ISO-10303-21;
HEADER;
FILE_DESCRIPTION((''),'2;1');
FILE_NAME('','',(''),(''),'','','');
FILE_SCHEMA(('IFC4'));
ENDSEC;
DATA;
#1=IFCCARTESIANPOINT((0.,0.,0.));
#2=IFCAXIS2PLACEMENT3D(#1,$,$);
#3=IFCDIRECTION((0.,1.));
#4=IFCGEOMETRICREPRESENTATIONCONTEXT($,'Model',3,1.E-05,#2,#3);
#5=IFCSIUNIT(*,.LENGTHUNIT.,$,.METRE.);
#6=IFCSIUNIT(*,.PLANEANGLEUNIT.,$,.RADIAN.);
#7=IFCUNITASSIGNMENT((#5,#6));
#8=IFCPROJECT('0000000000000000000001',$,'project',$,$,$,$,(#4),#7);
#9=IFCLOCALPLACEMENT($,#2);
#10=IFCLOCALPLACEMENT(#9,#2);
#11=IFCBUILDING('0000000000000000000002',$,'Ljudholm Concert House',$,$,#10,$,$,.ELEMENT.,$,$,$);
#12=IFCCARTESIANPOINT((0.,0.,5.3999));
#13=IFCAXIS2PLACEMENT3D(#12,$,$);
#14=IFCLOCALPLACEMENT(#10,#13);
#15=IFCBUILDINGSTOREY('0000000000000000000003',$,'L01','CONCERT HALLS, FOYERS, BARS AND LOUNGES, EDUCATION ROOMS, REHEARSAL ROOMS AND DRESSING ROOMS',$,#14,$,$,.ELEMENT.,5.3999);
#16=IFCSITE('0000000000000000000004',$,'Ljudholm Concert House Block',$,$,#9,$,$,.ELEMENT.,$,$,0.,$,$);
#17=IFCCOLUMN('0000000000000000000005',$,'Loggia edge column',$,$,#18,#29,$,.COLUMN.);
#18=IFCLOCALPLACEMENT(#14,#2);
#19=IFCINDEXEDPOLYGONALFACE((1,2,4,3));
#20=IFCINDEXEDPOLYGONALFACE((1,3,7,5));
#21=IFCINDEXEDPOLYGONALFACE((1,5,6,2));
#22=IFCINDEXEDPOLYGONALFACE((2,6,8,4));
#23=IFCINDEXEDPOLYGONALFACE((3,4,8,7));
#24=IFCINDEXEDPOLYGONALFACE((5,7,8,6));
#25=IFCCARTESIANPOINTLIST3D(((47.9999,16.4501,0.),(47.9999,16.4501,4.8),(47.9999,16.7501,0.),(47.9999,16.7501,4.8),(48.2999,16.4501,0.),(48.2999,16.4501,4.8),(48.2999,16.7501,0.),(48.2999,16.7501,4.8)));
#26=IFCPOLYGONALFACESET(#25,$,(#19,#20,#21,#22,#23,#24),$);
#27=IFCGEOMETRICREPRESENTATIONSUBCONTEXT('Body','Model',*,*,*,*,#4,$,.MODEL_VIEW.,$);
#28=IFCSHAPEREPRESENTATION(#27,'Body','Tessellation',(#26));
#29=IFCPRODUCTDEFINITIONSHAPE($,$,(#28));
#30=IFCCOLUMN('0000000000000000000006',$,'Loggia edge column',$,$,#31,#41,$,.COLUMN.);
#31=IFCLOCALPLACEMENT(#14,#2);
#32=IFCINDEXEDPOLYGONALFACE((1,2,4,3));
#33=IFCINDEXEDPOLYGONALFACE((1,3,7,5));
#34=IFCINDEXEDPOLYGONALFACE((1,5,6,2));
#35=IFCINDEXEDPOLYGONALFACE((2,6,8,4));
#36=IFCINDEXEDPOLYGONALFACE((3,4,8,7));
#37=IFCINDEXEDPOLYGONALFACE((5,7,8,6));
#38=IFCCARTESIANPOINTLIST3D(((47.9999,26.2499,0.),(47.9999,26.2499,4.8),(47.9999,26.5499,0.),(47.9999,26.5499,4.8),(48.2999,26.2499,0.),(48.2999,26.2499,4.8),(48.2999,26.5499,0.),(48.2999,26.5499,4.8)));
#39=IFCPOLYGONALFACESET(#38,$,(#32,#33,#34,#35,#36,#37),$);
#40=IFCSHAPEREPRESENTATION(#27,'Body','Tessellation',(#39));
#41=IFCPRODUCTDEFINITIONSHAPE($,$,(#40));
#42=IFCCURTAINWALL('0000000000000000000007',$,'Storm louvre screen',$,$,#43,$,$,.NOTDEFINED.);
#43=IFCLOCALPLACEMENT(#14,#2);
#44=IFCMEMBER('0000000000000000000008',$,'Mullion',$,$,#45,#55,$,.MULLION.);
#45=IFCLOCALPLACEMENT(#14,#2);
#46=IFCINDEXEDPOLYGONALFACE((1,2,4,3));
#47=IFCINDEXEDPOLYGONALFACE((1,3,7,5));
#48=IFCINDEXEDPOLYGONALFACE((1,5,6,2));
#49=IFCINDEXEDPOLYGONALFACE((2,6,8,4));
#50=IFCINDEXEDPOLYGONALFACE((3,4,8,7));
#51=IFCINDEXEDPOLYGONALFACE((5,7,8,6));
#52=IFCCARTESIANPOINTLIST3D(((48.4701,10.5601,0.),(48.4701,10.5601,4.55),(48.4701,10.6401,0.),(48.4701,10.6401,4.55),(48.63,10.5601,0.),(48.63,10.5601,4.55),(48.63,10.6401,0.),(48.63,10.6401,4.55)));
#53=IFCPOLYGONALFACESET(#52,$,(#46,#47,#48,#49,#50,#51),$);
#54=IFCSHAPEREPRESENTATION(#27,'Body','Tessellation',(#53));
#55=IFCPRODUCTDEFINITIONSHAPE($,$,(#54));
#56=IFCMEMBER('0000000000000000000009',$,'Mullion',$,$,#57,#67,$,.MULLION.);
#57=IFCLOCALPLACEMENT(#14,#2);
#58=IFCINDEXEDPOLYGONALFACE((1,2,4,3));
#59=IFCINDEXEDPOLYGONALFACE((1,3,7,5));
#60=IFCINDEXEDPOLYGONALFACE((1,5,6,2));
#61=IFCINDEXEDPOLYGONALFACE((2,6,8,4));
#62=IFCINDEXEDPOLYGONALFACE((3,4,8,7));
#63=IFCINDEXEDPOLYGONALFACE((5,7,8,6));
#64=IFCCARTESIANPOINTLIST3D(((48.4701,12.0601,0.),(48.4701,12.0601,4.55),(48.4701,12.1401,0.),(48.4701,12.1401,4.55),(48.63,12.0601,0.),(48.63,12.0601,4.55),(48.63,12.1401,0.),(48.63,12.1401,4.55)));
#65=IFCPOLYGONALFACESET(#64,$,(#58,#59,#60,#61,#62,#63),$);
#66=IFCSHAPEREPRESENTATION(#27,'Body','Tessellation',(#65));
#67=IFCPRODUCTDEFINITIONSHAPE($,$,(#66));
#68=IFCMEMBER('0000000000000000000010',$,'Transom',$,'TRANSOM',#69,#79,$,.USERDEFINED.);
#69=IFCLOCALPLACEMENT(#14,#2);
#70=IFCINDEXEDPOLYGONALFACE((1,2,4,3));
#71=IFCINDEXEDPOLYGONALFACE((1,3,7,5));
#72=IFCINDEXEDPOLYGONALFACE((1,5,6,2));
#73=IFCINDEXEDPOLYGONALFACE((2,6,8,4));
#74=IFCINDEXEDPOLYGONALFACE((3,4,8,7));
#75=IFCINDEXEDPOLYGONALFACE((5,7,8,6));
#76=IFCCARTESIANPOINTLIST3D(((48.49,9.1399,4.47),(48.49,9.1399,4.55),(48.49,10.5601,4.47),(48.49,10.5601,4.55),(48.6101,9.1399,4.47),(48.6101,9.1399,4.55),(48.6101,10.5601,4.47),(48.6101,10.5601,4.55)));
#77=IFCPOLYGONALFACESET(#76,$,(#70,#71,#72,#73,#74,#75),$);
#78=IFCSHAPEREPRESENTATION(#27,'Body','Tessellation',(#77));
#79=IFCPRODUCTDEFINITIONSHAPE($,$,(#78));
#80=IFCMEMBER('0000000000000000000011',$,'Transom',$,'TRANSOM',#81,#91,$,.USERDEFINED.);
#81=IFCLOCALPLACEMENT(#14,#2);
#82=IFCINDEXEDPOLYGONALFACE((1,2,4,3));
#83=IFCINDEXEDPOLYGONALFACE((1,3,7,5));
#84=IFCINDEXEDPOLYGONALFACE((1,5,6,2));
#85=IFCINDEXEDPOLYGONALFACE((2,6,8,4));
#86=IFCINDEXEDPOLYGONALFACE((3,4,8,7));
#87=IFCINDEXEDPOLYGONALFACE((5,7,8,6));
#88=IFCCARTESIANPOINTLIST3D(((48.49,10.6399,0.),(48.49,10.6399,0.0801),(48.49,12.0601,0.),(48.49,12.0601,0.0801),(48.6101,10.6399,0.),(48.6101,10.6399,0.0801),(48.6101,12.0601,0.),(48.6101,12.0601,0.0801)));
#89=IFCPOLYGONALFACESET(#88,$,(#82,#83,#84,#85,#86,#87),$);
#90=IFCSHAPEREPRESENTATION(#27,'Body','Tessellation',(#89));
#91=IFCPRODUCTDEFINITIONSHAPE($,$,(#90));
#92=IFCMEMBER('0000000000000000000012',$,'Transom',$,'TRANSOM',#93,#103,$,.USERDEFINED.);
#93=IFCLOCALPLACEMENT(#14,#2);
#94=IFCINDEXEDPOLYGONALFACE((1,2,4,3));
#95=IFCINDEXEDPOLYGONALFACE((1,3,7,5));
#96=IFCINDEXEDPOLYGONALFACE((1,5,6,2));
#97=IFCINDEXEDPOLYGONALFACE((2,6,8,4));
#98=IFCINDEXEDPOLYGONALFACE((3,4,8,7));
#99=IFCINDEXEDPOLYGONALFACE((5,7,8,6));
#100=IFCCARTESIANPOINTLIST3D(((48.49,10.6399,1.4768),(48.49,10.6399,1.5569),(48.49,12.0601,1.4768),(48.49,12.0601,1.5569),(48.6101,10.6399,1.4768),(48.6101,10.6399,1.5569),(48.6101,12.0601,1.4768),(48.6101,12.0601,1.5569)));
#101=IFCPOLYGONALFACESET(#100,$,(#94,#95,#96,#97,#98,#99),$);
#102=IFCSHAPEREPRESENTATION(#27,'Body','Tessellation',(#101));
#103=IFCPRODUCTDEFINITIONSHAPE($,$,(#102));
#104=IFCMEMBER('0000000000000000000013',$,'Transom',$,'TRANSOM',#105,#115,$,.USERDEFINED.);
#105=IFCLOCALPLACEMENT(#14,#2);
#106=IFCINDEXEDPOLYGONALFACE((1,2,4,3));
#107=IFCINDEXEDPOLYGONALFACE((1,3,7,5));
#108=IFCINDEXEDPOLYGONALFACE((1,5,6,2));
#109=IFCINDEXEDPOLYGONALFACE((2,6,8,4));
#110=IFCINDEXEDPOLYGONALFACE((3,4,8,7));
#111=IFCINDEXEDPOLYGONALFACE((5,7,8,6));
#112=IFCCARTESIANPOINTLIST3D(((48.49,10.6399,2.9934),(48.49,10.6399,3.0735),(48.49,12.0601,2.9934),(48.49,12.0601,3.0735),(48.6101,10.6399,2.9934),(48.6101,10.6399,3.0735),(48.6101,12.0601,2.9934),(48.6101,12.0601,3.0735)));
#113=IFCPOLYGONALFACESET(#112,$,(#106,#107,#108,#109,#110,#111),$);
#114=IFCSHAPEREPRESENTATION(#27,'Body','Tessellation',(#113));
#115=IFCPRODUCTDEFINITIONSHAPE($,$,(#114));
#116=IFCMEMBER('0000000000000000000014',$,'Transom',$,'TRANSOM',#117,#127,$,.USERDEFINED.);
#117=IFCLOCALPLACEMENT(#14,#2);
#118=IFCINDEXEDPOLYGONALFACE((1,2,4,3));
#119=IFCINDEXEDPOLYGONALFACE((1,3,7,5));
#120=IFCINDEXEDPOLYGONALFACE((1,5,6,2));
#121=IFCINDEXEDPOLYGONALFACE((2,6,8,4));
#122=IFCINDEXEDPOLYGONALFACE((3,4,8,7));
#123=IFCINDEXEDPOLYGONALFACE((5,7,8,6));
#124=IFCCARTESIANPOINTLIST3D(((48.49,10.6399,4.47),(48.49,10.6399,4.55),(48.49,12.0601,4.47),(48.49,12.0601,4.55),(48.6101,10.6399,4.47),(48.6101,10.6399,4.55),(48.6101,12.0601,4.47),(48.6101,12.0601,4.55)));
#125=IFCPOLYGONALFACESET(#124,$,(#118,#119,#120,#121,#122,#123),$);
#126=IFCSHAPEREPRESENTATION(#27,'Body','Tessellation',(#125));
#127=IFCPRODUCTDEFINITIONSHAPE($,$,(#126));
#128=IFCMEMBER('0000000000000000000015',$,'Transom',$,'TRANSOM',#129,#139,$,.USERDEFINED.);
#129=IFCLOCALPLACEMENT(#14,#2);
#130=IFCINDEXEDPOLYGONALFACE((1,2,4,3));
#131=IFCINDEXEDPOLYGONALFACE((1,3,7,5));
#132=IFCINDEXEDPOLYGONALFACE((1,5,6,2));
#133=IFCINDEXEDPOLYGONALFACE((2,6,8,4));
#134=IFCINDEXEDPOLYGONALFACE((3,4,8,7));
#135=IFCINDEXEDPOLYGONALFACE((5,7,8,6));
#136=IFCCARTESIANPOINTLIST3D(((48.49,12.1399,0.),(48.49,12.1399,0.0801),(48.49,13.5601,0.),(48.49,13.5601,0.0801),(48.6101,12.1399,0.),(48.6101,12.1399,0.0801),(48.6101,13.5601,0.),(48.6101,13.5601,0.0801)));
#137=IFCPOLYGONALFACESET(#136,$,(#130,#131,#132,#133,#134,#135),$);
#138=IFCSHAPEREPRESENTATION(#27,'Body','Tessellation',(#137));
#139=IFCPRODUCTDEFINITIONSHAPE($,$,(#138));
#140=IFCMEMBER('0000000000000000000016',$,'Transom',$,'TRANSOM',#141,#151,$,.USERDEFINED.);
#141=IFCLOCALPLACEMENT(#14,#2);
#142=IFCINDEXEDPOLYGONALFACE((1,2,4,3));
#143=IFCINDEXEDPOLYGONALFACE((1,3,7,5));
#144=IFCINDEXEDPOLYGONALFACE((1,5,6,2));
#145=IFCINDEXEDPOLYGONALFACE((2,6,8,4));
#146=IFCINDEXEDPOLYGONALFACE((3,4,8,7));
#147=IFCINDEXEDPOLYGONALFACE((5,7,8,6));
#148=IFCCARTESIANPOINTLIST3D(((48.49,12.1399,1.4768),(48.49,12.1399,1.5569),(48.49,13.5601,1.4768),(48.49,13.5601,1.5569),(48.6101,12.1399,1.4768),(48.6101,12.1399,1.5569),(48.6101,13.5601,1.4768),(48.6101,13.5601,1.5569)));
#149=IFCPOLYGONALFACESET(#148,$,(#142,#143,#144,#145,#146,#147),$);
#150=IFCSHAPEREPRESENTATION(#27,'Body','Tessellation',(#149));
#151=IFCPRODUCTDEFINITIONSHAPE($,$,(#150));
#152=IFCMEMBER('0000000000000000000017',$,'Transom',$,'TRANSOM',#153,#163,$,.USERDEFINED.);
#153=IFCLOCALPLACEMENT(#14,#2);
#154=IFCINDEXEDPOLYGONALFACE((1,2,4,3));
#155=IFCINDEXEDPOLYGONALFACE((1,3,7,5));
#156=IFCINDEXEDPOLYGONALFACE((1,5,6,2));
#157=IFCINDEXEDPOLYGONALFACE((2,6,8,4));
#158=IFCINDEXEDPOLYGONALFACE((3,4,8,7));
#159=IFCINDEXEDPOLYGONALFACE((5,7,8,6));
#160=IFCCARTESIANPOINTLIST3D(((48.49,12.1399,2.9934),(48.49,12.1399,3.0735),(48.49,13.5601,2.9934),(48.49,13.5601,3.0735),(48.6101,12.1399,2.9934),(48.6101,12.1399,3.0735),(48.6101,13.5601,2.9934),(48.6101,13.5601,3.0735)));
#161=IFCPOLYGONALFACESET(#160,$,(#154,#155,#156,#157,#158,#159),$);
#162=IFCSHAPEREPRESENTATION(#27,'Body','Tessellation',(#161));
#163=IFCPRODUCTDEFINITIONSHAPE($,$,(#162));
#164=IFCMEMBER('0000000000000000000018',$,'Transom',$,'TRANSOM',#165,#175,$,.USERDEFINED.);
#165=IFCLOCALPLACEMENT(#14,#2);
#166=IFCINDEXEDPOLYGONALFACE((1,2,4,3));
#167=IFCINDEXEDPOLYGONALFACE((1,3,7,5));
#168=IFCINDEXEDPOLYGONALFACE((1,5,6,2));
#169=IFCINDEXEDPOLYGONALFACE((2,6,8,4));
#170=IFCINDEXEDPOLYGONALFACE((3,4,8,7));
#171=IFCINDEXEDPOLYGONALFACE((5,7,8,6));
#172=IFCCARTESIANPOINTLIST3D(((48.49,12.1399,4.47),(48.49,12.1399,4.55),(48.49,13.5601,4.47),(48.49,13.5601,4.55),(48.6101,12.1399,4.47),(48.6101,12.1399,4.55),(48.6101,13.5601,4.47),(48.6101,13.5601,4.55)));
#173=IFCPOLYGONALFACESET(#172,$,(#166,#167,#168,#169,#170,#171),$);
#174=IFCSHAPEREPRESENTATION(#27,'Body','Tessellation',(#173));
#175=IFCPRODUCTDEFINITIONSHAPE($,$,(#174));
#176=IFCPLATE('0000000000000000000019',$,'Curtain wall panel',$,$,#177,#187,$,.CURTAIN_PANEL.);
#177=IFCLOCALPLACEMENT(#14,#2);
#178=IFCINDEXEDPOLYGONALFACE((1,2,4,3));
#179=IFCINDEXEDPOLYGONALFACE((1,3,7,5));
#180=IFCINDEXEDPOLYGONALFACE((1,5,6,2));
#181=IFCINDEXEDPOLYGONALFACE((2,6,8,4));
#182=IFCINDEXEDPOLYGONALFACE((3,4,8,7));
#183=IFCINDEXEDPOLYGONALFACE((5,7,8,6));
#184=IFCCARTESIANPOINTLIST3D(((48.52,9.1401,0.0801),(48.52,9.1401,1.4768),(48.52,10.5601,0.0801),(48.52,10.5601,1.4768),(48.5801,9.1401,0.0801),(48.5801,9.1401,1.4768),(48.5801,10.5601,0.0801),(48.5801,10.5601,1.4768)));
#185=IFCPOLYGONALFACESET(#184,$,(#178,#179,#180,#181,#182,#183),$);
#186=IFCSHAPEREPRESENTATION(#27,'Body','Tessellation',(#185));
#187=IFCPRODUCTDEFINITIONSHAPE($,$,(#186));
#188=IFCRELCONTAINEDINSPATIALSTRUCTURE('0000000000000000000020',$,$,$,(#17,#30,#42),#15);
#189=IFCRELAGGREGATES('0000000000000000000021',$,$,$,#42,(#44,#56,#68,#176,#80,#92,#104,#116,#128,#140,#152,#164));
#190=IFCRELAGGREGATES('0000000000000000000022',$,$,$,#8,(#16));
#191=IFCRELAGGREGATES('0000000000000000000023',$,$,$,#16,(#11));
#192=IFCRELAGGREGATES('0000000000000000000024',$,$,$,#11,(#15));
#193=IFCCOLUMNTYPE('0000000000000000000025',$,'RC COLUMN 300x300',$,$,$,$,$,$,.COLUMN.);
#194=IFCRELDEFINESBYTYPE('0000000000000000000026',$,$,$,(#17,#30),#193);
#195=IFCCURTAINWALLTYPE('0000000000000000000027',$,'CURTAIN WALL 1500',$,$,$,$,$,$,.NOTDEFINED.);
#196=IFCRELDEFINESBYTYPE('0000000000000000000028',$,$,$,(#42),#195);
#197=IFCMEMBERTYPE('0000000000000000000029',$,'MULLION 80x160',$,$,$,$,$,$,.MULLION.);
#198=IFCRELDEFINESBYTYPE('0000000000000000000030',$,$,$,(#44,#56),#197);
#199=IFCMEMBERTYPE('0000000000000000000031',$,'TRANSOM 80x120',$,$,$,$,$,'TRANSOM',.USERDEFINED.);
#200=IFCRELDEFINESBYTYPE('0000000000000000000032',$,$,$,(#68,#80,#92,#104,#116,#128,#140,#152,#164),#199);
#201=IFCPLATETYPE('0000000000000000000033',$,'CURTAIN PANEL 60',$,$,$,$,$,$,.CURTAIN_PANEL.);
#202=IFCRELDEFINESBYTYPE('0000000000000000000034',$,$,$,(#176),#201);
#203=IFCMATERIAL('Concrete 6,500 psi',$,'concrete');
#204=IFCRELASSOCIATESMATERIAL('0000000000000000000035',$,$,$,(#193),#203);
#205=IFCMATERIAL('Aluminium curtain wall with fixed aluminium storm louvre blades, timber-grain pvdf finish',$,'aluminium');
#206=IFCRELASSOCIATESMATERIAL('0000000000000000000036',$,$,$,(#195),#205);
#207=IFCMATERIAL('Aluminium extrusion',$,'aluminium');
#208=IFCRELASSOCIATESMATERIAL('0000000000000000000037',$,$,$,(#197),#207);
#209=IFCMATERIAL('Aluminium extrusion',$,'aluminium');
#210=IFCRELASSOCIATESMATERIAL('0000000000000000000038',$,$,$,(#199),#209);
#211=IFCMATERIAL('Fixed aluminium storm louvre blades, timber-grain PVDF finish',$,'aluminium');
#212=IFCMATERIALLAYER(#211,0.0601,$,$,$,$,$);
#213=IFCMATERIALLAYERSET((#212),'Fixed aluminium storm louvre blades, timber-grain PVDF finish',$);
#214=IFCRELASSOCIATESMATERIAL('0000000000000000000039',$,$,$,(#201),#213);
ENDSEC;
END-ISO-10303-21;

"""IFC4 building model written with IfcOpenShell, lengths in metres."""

from ifc_helpers import new_model, si_unit, direction, frame, origin, origin_2d, place, context, subcontext, project, spatial, rectangle, extrude, material, layer, layer_set, material_profile, profile_set, type_object, element, aggregate, save


model = new_model("IFC4")

# Units and contexts
model_context = context("Model", 3, precision=1e-05, world=origin(), true_north=direction((0.0, 1.0)))
body_context = subcontext(model_context, "Body", "Model", "MODEL_VIEW")
ifc_project = project(units=[si_unit("LENGTHUNIT", "METRE"), si_unit("PLANEANGLEUNIT", "RADIAN")], contexts=[model_context])

# Site, building, storey
site_placement = place(None, origin())
site = spatial("IfcSite", under=ifc_project, at=site_placement, Name="Ljudholm Concert House Block", CompositionType="ELEMENT", RefElevation=0.0)
building_placement = place(site_placement, origin())
building = spatial("IfcBuilding", under=site, at=building_placement, Name="Ljudholm Concert House", CompositionType="ELEMENT")
storey_placement = place(building_placement, frame((0.0, 0.0, 5.3999)))
storey = spatial("IfcBuildingStorey", under=building, at=storey_placement, Name="L01", Description="CONCERT HALLS, FOYERS, BARS AND LOUNGES, EDUCATION ROOMS, REHEARSAL ROOMS AND DRESSING ROOMS", CompositionType="ELEMENT", Elevation=5.3999)

# Columns
ifc_material_1 = material(Name="Concrete 6,500 psi", Category="concrete")
ifc_material_profile_1 = material_profile(ifc_material_1, rectangle(XDim=0.3, YDim=0.3, at=origin_2d()), Name="RC COLUMN 300x300")
ifc_profile_set_1 = profile_set([ifc_material_profile_1], Name="Concrete 6,500 psi")
column_type = type_object("IfcColumnType", Name="RC COLUMN 300x300", PredefinedType="COLUMN", material=ifc_profile_set_1)
for number, where, z_axis, x_axis, name in (
    (1, (48.1499, 16.6001, 0.0), (0.0, 0.0, 1.0), (1.0, 0.0, 0.0), "Loggia edge column"),
    (2, (48.1499, 26.3999, 0.0), (0.0, 0.0, 1.0), (1.0, 0.0, 0.0), "Loggia edge column"),
):
    element("IfcColumn", number, at=place(storey_placement, frame(where, z_axis=z_axis, x_axis=x_axis)), inside=storey, type_object=column_type, Name=name, PredefinedType="COLUMN", context=body_context, shape_type="SweptSolid", body=[
        extrude(rectangle(XDim=0.3, YDim=0.3, at=origin_2d()), origin(), (0.0, 0.0, 1.0), 4.8),
    ])

# Curtain wall, members, plate
ifc_material_2 = material(Name="Aluminium curtain wall with fixed aluminium storm louvre blades, timber-grain pvdf finish", Category="aluminium")
curtain_wall_type = type_object("IfcCurtainWallType", Name="CURTAIN WALL 1500", PredefinedType="NOTDEFINED", material=ifc_material_2)
curtain_wall_placement = place(storey_placement, origin())
curtain_wall = element("IfcCurtainWall", 3, at=curtain_wall_placement, inside=storey, type_object=curtain_wall_type, Name="Storm louvre screen", PredefinedType="NOTDEFINED")
ifc_material_3 = material(Name="Aluminium extrusion", Category="aluminium")
ifc_material_profile_2 = material_profile(ifc_material_3, rectangle(XDim=0.1599, YDim=0.0801, at=origin_2d()), Name="MULLION 80x160")
ifc_profile_set_2 = profile_set([ifc_material_profile_2], Name="Aluminium extrusion")
member_type_1 = type_object("IfcMemberType", Name="MULLION 80x160", PredefinedType="MULLION", material=ifc_profile_set_2)
member_1_placement = place(storey_placement, frame((48.55, 10.6001, 0.0), z_axis=(0.0, 0.0, 1.0), x_axis=(-1.0, 0.0, 0.0)))
member_1 = element("IfcMember", 4, at=member_1_placement, type_object=member_type_1, Name="Mullion", PredefinedType="MULLION", context=body_context, shape_type="SweptSolid", body=[
    extrude(rectangle(XDim=0.1599, YDim=0.0801, at=origin_2d()), origin(), (0.0, 0.0, 1.0), 4.55),
])
member_2_placement = place(storey_placement, frame((48.55, 12.1001, 0.0), z_axis=(0.0, 0.0, 1.0), x_axis=(-1.0, 0.0, 0.0)))
member_2 = element("IfcMember", 5, at=member_2_placement, type_object=member_type_1, Name="Mullion", PredefinedType="MULLION", context=body_context, shape_type="SweptSolid", body=[
    extrude(rectangle(XDim=0.1599, YDim=0.0801, at=origin_2d()), origin(), (0.0, 0.0, 1.0), 4.55),
])
ifc_material_4 = material(Name="Aluminium extrusion", Category="aluminium")
ifc_material_profile_3 = material_profile(ifc_material_4, rectangle(XDim=0.1201, YDim=0.0801, at=origin_2d()), Name="TRANSOM 80x120")
ifc_profile_set_3 = profile_set([ifc_material_profile_3], Name="Aluminium extrusion")
member_type_2 = type_object("IfcMemberType", Name="TRANSOM 80x120", ElementType="TRANSOM", PredefinedType="USERDEFINED", material=ifc_profile_set_3)
member_3_placement = place(storey_placement, frame((48.55, 9.1399, 4.51), z_axis=(0.0, 1.0, 0.0), x_axis=(-1.0, 0.0, 0.0)))
member_3 = element("IfcMember", 6, at=member_3_placement, type_object=member_type_2, Name="Transom", ObjectType="TRANSOM", PredefinedType="USERDEFINED", context=body_context, shape_type="SweptSolid", body=[
    extrude(rectangle(XDim=0.1201, YDim=0.0801, at=origin_2d()), origin(), (0.0, 0.0, 1.0), 1.4202),
])
member_4_placement = place(storey_placement, frame((48.55, 10.6399, 0.04), z_axis=(0.0, 1.0, 0.0), x_axis=(-1.0, 0.0, 0.0)))
member_4 = element("IfcMember", 7, at=member_4_placement, type_object=member_type_2, Name="Transom", ObjectType="TRANSOM", PredefinedType="USERDEFINED", context=body_context, shape_type="SweptSolid", body=[
    extrude(rectangle(XDim=0.1201, YDim=0.0801, at=origin_2d()), origin(), (0.0, 0.0, 1.0), 1.4202),
])
member_5_placement = place(storey_placement, frame((48.55, 10.6399, 1.5168), z_axis=(0.0, 1.0, 0.0), x_axis=(-1.0, 0.0, 0.0)))
member_5 = element("IfcMember", 8, at=member_5_placement, type_object=member_type_2, Name="Transom", ObjectType="TRANSOM", PredefinedType="USERDEFINED", context=body_context, shape_type="SweptSolid", body=[
    extrude(rectangle(XDim=0.1201, YDim=0.0801, at=origin_2d()), origin(), (0.0, 0.0, 1.0), 1.4202),
])
member_6_placement = place(storey_placement, frame((48.55, 10.6399, 3.0334), z_axis=(0.0, 1.0, 0.0), x_axis=(-1.0, 0.0, 0.0)))
member_6 = element("IfcMember", 9, at=member_6_placement, type_object=member_type_2, Name="Transom", ObjectType="TRANSOM", PredefinedType="USERDEFINED", context=body_context, shape_type="SweptSolid", body=[
    extrude(rectangle(XDim=0.1201, YDim=0.0801, at=origin_2d()), origin(), (0.0, 0.0, 1.0), 1.4202),
])
member_7_placement = place(storey_placement, frame((48.55, 10.6399, 4.51), z_axis=(0.0, 1.0, 0.0), x_axis=(-1.0, 0.0, 0.0)))
member_7 = element("IfcMember", 10, at=member_7_placement, type_object=member_type_2, Name="Transom", ObjectType="TRANSOM", PredefinedType="USERDEFINED", context=body_context, shape_type="SweptSolid", body=[
    extrude(rectangle(XDim=0.1201, YDim=0.0801, at=origin_2d()), origin(), (0.0, 0.0, 1.0), 1.4202),
])
member_8_placement = place(storey_placement, frame((48.55, 12.1399, 0.04), z_axis=(0.0, 1.0, 0.0), x_axis=(-1.0, 0.0, 0.0)))
member_8 = element("IfcMember", 11, at=member_8_placement, type_object=member_type_2, Name="Transom", ObjectType="TRANSOM", PredefinedType="USERDEFINED", context=body_context, shape_type="SweptSolid", body=[
    extrude(rectangle(XDim=0.1201, YDim=0.0801, at=origin_2d()), origin(), (0.0, 0.0, 1.0), 1.4202),
])
member_9_placement = place(storey_placement, frame((48.55, 12.1399, 1.5168), z_axis=(0.0, 1.0, 0.0), x_axis=(-1.0, 0.0, 0.0)))
member_9 = element("IfcMember", 12, at=member_9_placement, type_object=member_type_2, Name="Transom", ObjectType="TRANSOM", PredefinedType="USERDEFINED", context=body_context, shape_type="SweptSolid", body=[
    extrude(rectangle(XDim=0.1201, YDim=0.0801, at=origin_2d()), origin(), (0.0, 0.0, 1.0), 1.4202),
])
member_10_placement = place(storey_placement, frame((48.55, 12.1399, 3.0334), z_axis=(0.0, 1.0, 0.0), x_axis=(-1.0, 0.0, 0.0)))
member_10 = element("IfcMember", 13, at=member_10_placement, type_object=member_type_2, Name="Transom", ObjectType="TRANSOM", PredefinedType="USERDEFINED", context=body_context, shape_type="SweptSolid", body=[
    extrude(rectangle(XDim=0.1201, YDim=0.0801, at=origin_2d()), origin(), (0.0, 0.0, 1.0), 1.4202),
])
member_11_placement = place(storey_placement, frame((48.55, 12.1399, 4.51), z_axis=(0.0, 1.0, 0.0), x_axis=(-1.0, 0.0, 0.0)))
member_11 = element("IfcMember", 14, at=member_11_placement, type_object=member_type_2, Name="Transom", ObjectType="TRANSOM", PredefinedType="USERDEFINED", context=body_context, shape_type="SweptSolid", body=[
    extrude(rectangle(XDim=0.1201, YDim=0.0801, at=origin_2d()), origin(), (0.0, 0.0, 1.0), 1.4202),
])
ifc_material_5 = material(Name="Fixed aluminium storm louvre blades, timber-grain PVDF finish", Category="aluminium")
ifc_layer_1 = layer(ifc_material_5, 0.0601)
ifc_layer_set_1 = layer_set([ifc_layer_1], Name="Fixed aluminium storm louvre blades, timber-grain PVDF finish")
plate_type = type_object("IfcPlateType", Name="CURTAIN PANEL 60", PredefinedType="CURTAIN_PANEL", material=ifc_layer_set_1)
plate_1_placement = place(storey_placement, frame((48.55, 9.8501, 0.0801), z_axis=(0.0, 0.0, 1.0), x_axis=(0.0, 1.0, 0.0)))
plate_1 = element("IfcPlate", 15, at=plate_1_placement, type_object=plate_type, Name="Curtain wall panel", PredefinedType="CURTAIN_PANEL", context=body_context, shape_type="SweptSolid", body=[
    extrude(rectangle(XDim=1.4199, YDim=0.0601, at=origin_2d()), origin(), (0.0, 0.0, 1.0), 1.3967),
])
aggregate(curtain_wall, [member_1, member_2, member_3, plate_1, member_4, member_5, member_6, member_7, member_8, member_9, member_10, member_11])

save(model, "model.ifc")
